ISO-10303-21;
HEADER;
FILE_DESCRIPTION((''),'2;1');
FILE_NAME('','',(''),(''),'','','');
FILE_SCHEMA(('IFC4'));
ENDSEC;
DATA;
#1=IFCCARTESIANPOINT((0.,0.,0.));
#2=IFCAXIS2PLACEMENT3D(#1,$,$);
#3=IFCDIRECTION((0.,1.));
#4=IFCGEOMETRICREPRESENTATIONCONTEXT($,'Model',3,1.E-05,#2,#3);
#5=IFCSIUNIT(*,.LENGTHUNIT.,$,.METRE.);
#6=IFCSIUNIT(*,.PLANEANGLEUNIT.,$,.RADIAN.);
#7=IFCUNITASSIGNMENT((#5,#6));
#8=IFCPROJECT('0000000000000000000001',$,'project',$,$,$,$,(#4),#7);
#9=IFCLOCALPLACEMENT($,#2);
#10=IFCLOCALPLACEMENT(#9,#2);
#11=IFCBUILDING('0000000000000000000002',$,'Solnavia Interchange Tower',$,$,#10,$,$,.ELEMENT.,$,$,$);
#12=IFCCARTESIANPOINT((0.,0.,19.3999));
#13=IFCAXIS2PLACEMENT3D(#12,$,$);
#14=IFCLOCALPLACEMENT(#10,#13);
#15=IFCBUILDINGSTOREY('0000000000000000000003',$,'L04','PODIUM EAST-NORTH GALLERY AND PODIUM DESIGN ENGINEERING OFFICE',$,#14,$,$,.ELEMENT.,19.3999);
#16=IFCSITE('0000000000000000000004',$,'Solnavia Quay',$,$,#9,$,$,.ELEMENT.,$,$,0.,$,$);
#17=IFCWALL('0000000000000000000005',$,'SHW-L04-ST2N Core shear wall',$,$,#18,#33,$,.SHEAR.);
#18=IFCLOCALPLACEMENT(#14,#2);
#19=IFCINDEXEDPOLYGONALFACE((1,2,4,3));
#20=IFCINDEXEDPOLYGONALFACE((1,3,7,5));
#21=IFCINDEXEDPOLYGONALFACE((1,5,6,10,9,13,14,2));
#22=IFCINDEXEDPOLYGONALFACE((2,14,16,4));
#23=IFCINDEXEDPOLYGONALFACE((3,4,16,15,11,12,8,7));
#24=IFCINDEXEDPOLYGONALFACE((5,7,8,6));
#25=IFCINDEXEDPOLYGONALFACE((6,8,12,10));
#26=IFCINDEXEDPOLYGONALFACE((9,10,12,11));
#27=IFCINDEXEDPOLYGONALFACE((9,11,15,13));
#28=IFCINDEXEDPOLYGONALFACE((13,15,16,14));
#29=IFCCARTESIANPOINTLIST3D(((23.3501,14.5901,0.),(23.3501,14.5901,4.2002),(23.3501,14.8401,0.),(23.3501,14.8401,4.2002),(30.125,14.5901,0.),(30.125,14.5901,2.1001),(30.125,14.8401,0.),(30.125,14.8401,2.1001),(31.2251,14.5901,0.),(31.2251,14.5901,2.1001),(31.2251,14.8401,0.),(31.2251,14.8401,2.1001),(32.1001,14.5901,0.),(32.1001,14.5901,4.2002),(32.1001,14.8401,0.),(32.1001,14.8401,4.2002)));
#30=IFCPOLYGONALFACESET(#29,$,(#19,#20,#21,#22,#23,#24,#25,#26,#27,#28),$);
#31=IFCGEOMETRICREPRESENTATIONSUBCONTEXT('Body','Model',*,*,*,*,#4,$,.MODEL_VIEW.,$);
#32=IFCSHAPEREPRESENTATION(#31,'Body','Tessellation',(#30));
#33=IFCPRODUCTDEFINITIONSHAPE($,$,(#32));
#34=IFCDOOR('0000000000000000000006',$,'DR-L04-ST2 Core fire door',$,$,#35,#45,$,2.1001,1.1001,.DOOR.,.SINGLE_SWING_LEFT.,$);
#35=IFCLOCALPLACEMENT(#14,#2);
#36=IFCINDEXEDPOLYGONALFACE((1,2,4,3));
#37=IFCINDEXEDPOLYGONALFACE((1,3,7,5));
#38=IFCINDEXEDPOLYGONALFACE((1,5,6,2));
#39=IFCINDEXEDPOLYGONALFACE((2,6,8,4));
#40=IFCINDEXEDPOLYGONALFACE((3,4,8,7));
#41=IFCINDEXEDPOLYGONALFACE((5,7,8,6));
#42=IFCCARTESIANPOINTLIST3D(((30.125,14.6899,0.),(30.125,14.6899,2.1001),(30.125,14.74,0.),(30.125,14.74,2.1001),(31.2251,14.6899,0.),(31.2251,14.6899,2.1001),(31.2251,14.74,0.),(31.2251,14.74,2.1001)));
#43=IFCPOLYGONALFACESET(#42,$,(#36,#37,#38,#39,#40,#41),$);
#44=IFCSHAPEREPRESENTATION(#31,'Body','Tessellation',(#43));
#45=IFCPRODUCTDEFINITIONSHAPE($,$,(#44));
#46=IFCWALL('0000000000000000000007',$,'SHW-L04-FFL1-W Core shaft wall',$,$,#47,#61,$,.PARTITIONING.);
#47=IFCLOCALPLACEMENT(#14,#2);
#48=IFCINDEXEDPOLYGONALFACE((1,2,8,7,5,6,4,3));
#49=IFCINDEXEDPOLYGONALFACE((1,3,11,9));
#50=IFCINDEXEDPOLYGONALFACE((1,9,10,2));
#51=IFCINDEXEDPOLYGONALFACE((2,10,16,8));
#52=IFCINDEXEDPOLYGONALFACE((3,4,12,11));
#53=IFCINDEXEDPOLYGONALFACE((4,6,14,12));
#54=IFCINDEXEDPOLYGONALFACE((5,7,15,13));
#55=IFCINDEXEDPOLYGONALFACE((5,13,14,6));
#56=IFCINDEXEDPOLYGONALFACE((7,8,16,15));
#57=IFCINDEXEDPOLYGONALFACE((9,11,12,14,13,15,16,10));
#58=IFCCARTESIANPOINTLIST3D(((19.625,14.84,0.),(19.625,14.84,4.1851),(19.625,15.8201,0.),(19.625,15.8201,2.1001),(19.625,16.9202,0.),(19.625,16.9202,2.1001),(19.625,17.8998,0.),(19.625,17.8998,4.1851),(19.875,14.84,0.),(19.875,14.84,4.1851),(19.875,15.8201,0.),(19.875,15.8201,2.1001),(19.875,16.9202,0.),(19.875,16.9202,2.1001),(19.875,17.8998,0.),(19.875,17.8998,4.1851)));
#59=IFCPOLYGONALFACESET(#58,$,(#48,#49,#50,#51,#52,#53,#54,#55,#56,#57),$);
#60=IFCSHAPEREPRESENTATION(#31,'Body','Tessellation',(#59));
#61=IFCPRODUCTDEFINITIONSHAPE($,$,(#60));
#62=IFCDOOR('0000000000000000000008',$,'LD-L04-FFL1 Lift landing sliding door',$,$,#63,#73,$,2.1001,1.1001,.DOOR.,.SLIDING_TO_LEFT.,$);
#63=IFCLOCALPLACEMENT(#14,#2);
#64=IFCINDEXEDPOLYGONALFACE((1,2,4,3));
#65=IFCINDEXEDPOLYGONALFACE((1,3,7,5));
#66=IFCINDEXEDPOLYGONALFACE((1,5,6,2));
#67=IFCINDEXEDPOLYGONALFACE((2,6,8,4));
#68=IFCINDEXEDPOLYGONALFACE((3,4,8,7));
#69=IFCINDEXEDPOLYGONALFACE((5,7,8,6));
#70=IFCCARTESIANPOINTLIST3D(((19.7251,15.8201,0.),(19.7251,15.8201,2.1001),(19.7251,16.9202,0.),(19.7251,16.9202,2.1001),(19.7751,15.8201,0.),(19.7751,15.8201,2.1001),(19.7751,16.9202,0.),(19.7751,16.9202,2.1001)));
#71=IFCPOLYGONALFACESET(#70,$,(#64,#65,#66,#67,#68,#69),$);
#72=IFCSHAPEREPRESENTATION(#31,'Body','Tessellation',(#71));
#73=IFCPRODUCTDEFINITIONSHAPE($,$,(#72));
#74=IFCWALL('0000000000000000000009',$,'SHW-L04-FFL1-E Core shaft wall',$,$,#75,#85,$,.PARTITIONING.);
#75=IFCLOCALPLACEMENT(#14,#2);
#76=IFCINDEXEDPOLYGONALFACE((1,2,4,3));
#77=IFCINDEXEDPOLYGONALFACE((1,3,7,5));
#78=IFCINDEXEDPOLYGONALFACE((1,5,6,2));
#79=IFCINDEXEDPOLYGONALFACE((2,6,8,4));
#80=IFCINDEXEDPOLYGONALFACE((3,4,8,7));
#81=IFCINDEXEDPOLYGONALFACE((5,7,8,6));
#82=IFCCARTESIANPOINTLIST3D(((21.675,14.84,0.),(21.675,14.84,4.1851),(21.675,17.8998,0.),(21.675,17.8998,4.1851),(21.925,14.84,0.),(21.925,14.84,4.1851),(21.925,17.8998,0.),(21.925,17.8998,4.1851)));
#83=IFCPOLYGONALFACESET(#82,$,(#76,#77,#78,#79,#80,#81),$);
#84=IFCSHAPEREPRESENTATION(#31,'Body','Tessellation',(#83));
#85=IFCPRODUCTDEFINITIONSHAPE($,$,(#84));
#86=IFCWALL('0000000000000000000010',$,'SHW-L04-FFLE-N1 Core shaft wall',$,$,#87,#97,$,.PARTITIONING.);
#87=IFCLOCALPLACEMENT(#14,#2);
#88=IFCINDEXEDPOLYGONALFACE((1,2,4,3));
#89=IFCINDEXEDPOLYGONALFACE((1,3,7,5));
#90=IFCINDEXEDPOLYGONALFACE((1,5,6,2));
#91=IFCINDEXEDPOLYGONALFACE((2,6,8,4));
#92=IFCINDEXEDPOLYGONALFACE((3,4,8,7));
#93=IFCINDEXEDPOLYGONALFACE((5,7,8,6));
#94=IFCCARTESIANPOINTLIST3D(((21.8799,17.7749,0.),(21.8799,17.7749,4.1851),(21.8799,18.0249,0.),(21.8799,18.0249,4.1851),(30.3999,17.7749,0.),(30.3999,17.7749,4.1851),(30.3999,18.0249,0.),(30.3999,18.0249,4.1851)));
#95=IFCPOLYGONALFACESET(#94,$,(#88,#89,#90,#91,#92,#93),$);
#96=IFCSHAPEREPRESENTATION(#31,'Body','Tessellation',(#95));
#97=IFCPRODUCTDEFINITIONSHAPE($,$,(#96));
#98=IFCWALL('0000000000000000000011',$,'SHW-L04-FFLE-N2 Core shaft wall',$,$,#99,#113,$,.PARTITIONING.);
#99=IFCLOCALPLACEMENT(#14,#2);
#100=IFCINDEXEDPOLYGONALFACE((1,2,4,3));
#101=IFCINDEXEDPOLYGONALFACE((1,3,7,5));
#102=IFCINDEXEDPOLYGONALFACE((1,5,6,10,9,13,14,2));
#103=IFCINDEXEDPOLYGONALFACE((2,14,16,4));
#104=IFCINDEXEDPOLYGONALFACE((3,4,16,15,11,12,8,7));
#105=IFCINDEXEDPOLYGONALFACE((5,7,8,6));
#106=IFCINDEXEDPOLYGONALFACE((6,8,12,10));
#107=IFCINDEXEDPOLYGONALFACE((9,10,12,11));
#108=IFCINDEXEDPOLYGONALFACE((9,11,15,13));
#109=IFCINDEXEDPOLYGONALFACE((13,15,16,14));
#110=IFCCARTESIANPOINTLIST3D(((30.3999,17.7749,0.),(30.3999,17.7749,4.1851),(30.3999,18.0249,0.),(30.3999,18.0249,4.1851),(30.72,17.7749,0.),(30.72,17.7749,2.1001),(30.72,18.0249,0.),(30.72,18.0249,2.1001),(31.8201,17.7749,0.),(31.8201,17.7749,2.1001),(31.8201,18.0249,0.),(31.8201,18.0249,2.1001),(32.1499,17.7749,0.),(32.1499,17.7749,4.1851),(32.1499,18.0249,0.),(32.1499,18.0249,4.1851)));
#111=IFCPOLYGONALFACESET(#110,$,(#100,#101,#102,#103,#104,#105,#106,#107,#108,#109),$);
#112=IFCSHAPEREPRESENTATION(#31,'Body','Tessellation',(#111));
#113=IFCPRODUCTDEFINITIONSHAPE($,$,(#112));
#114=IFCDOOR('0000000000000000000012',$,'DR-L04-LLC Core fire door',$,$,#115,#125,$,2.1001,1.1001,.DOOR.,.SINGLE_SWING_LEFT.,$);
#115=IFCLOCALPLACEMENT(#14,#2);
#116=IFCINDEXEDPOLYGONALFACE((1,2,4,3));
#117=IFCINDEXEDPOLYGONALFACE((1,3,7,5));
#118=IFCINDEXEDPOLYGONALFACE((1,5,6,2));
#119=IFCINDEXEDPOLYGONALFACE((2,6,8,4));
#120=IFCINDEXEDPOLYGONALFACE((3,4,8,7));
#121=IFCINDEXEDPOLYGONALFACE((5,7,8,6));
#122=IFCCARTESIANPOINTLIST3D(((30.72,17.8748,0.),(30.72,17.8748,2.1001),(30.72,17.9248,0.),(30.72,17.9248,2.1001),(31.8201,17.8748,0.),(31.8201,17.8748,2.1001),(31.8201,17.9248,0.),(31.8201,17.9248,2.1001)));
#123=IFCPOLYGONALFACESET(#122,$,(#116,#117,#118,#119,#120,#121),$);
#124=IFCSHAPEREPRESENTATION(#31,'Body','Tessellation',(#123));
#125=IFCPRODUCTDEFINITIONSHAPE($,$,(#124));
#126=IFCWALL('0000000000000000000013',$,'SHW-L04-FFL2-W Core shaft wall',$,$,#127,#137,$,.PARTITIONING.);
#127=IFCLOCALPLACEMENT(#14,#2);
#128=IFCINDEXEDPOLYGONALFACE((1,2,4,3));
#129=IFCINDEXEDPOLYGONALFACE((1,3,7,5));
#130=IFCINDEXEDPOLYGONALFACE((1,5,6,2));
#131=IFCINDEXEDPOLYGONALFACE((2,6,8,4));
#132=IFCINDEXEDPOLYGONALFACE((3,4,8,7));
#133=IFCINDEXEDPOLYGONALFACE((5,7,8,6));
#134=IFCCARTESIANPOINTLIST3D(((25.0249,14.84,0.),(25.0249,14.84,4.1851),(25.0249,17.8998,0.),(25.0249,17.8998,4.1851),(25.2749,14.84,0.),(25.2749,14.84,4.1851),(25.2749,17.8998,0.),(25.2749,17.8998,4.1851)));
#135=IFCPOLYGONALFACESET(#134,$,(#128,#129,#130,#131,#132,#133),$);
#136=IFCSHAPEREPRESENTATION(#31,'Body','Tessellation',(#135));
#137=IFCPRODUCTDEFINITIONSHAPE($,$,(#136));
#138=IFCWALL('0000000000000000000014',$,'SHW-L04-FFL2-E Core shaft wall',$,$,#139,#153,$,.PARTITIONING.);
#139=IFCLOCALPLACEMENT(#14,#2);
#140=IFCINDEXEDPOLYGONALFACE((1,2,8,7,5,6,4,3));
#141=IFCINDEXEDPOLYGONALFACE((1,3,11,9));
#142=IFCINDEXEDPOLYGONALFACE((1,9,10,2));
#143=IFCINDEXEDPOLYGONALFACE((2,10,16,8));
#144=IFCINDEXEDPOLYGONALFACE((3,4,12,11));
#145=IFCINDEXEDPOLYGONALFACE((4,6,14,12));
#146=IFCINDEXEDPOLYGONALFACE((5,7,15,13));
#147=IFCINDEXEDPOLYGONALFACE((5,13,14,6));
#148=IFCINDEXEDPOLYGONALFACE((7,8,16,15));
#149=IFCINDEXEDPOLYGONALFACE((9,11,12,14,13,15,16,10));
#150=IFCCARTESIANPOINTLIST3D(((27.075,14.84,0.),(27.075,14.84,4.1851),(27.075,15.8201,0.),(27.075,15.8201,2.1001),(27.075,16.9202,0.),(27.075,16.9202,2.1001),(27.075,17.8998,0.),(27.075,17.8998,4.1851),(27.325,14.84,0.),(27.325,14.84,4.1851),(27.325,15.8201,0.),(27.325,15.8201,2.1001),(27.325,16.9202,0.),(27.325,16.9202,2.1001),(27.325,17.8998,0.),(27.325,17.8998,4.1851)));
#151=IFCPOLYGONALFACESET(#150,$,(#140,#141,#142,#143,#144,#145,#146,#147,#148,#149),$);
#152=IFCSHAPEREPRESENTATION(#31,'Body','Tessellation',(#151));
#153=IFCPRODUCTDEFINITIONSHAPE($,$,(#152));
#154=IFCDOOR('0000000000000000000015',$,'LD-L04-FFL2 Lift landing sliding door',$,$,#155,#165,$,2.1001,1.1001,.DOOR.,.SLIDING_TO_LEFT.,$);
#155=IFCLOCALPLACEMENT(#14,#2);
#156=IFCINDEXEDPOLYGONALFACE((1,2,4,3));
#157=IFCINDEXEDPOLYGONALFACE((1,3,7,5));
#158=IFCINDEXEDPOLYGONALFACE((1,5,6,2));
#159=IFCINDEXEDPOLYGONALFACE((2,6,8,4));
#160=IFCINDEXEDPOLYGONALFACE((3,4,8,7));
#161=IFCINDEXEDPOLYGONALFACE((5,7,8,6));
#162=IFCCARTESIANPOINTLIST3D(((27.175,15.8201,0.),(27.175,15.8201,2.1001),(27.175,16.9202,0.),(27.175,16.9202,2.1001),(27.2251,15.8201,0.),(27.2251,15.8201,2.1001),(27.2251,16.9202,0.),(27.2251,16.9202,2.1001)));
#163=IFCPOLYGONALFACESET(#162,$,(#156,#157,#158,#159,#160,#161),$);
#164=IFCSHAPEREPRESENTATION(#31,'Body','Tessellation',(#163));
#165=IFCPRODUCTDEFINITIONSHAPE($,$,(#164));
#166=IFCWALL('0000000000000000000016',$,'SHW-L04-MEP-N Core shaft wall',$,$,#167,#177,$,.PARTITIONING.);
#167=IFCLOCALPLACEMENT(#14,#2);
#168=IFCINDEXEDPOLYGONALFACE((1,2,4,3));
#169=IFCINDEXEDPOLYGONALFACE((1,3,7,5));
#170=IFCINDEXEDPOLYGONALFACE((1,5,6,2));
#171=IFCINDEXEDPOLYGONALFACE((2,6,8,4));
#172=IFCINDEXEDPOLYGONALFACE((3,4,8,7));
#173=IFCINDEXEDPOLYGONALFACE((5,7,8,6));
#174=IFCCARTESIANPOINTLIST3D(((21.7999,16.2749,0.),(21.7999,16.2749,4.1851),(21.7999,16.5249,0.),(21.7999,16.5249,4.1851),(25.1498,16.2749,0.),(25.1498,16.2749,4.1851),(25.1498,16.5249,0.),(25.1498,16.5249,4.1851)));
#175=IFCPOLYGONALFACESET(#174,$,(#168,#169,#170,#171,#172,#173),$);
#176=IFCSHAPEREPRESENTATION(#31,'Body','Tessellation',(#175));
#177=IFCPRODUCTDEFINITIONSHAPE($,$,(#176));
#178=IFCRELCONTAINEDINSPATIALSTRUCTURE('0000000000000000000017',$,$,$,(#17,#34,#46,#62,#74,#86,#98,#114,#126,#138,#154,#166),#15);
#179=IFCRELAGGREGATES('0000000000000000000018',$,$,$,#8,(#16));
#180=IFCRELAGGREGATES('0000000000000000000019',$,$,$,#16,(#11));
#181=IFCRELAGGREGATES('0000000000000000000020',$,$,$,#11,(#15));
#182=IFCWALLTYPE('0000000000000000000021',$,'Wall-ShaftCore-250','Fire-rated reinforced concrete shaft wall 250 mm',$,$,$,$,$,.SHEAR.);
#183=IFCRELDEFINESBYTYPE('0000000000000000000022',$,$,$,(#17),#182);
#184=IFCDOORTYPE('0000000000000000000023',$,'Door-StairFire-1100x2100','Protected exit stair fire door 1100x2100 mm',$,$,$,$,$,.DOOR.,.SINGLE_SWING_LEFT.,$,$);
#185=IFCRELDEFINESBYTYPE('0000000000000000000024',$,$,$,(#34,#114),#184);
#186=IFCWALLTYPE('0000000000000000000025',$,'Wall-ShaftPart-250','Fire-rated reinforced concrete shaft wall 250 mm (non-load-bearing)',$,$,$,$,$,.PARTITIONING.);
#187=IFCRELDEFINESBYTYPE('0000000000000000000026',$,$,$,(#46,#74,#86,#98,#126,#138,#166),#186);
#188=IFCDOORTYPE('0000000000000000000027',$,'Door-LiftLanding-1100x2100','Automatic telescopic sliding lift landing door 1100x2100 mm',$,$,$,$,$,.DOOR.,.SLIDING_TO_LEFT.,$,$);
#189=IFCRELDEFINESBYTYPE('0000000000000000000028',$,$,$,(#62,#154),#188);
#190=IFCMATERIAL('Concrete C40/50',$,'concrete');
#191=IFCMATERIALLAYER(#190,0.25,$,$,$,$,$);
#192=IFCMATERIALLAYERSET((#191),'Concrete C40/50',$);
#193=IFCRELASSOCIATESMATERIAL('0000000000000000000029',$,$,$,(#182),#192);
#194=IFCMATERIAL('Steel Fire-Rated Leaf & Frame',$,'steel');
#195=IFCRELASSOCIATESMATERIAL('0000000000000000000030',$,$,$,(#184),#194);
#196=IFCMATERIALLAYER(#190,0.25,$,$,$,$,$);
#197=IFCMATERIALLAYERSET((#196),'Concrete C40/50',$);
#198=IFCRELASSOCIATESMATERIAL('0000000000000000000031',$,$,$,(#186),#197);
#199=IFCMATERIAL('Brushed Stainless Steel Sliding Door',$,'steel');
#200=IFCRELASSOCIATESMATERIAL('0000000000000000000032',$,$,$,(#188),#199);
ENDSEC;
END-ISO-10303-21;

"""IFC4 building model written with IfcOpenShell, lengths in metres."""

from ifc_helpers import new_model, si_unit, direction, frame, frame_2d, origin, place, context, subcontext, project, spatial, rectangle, extrude, material, layer, layer_set, type_object, element, fill, save


model = new_model("IFC4")

# Units and contexts
model_context = context("Model", 3, precision=1e-05, world=origin(), true_north=direction((0.0, 1.0)))
body_context = subcontext(model_context, "Body", "Model", "MODEL_VIEW")
ifc_project = project(units=[si_unit("LENGTHUNIT", "METRE"), si_unit("PLANEANGLEUNIT", "RADIAN")], contexts=[model_context])

# Site, building, storey
site_placement = place(None, origin())
site = spatial("IfcSite", under=ifc_project, at=site_placement, Name="Solnavia Quay", CompositionType="ELEMENT", RefElevation=0.0)
building_placement = place(site_placement, origin())
building = spatial("IfcBuilding", under=site, at=building_placement, Name="Solnavia Interchange Tower", CompositionType="ELEMENT")
storey_placement = place(building_placement, frame((0.0, 0.0, 19.3999)))
storey = spatial("IfcBuildingStorey", under=building, at=storey_placement, Name="L04", Description="PODIUM EAST-NORTH GALLERY AND PODIUM DESIGN ENGINEERING OFFICE", CompositionType="ELEMENT", Elevation=19.3999)

# Walls, openings, doors
ifc_material_1 = material(Name="Concrete C40/50", Category="concrete")
ifc_layer_1 = layer(ifc_material_1, 0.25)
ifc_layer_set_1 = layer_set([ifc_layer_1], Name="Concrete C40/50")
wall_type_1 = type_object("IfcWallType", Name="Wall-ShaftCore-250", Description="Fire-rated reinforced concrete shaft wall 250 mm", PredefinedType="SHEAR", material=ifc_layer_set_1)
wall_1_placement = place(storey_placement, frame((23.3501, 14.7151, 0.0), z_axis=(0.0, 0.0, 1.0), x_axis=(1.0, 0.0, 0.0)))
wall_1 = element("IfcWall", 1, at=wall_1_placement, inside=storey, type_object=wall_type_1, Name="SHW-L04-ST2N Core shear wall", PredefinedType="SHEAR", context=body_context, shape_type="SweptSolid", body=[
    extrude(rectangle(XDim=8.75, YDim=0.25, at=frame_2d((4.375, 0.0))), origin(), (0.0, 0.0, 1.0), 4.2002),
])
opening_1_placement = place(wall_1_placement, frame((6.7749, 0.0, 0.0)))
opening_1 = element("IfcOpeningElement", 2, at=opening_1_placement, cuts=wall_1, PredefinedType="OPENING", context=body_context, shape_type="SweptSolid", body=[
    extrude(rectangle(XDim=1.1001, YDim=2.1001, at=frame_2d((0.55, 1.05))), frame((0.0, 0.135, 0.0), z_axis=(0.0, -1.0, 0.0), x_axis=(1.0, 0.0, 0.0)), (0.0, 0.0, 1.0), 0.27),
])
ifc_material_2 = material(Name="Steel Fire-Rated Leaf & Frame", Category="steel")
door_type_1 = type_object("IfcDoorType", Name="Door-StairFire-1100x2100", Description="Protected exit stair fire door 1100x2100 mm", OperationType="SINGLE_SWING_LEFT", PredefinedType="DOOR", material=ifc_material_2)
door_1_placement = place(opening_1_placement, origin())
door_1 = element("IfcDoor", 3, at=door_1_placement, inside=storey, type_object=door_type_1, Name="DR-L04-ST2 Core fire door", OperationType="SINGLE_SWING_LEFT", OverallHeight=2.1001, OverallWidth=1.1001, PredefinedType="DOOR", context=body_context, shape_type="SweptSolid", body=[
    extrude(rectangle(XDim=1.1001, YDim=2.1001, at=frame_2d((0.55, 1.05))), frame((0.0, 0.0249, 0.0), z_axis=(0.0, -1.0, 0.0), x_axis=(1.0, 0.0, 0.0)), (0.0, 0.0, 1.0), 0.05),
])
fill(opening_1, door_1)
ifc_layer_2 = layer(ifc_material_1, 0.25)
ifc_layer_set_2 = layer_set([ifc_layer_2], Name="Concrete C40/50")
wall_type_2 = type_object("IfcWallType", Name="Wall-ShaftPart-250", Description="Fire-rated reinforced concrete shaft wall 250 mm (non-load-bearing)", PredefinedType="PARTITIONING", material=ifc_layer_set_2)
wall_2_placement = place(storey_placement, frame((19.75, 14.8401, 0.0), z_axis=(0.0, 0.0, 1.0), x_axis=(0.0, 1.0, 0.0)))
wall_2 = element("IfcWall", 4, at=wall_2_placement, inside=storey, type_object=wall_type_2, Name="SHW-L04-FFL1-W Core shaft wall", PredefinedType="PARTITIONING", context=body_context, shape_type="SweptSolid", body=[
    extrude(rectangle(XDim=3.0598, YDim=0.25, at=frame_2d((1.5298, 0.0))), origin(), (0.0, 0.0, 1.0), 4.1851),
])
opening_2_placement = place(wall_2_placement, frame((0.98, 0.0, 0.0)))
opening_2 = element("IfcOpeningElement", 5, at=opening_2_placement, cuts=wall_2, PredefinedType="OPENING", context=body_context, shape_type="SweptSolid", body=[
    extrude(rectangle(XDim=1.1001, YDim=2.1001, at=frame_2d((0.55, 1.05))), frame((0.0, 0.135, 0.0), z_axis=(0.0, -1.0, 0.0), x_axis=(1.0, 0.0, 0.0)), (0.0, 0.0, 1.0), 0.27),
])
ifc_material_3 = material(Name="Brushed Stainless Steel Sliding Door", Category="steel")
door_type_2 = type_object("IfcDoorType", Name="Door-LiftLanding-1100x2100", Description="Automatic telescopic sliding lift landing door 1100x2100 mm", OperationType="SLIDING_TO_LEFT", PredefinedType="DOOR", material=ifc_material_3)
door_2_placement = place(opening_2_placement, origin())
door_2 = element("IfcDoor", 6, at=door_2_placement, inside=storey, type_object=door_type_2, Name="LD-L04-FFL1 Lift landing sliding door", OperationType="SLIDING_TO_LEFT", OverallHeight=2.1001, OverallWidth=1.1001, PredefinedType="DOOR", context=body_context, shape_type="SweptSolid", body=[
    extrude(rectangle(XDim=1.1001, YDim=2.1001, at=frame_2d((0.55, 1.05))), frame((0.0, 0.0249, 0.0), z_axis=(0.0, -1.0, 0.0), x_axis=(1.0, 0.0, 0.0)), (0.0, 0.0, 1.0), 0.05),
])
fill(opening_2, door_2)

# Walls
wall_3_placement = place(storey_placement, frame((21.8, 14.8401, 0.0), z_axis=(0.0, 0.0, 1.0), x_axis=(0.0, 1.0, 0.0)))
element("IfcWall", 7, at=wall_3_placement, inside=storey, type_object=wall_type_2, Name="SHW-L04-FFL1-E Core shaft wall", PredefinedType="PARTITIONING", context=body_context, shape_type="SweptSolid", body=[
    extrude(rectangle(XDim=3.0598, YDim=0.25, at=frame_2d((1.5298, 0.0))), origin(), (0.0, 0.0, 1.0), 4.1851),
])
wall_4_placement = place(storey_placement, frame((21.8799, 17.8999, 0.0), z_axis=(0.0, 0.0, 1.0), x_axis=(1.0, 0.0, 0.0)))
element("IfcWall", 8, at=wall_4_placement, inside=storey, type_object=wall_type_2, Name="SHW-L04-FFLE-N1 Core shaft wall", PredefinedType="PARTITIONING", context=body_context, shape_type="SweptSolid", body=[
    extrude(rectangle(XDim=8.52, YDim=0.25, at=frame_2d((4.26, 0.0))), origin(), (0.0, 0.0, 1.0), 4.1851),
])

# Wall, opening, door
wall_5_placement = place(storey_placement, frame((30.3999, 17.8999, 0.0), z_axis=(0.0, 0.0, 1.0), x_axis=(1.0, 0.0, 0.0)))
wall_5 = element("IfcWall", 9, at=wall_5_placement, inside=storey, type_object=wall_type_2, Name="SHW-L04-FFLE-N2 Core shaft wall", PredefinedType="PARTITIONING", context=body_context, shape_type="SweptSolid", body=[
    extrude(rectangle(XDim=1.75, YDim=0.25, at=frame_2d((0.875, 0.0))), origin(), (0.0, 0.0, 1.0), 4.1851),
])
opening_3_placement = place(wall_5_placement, frame((0.3201, 0.0, 0.0)))
opening_3 = element("IfcOpeningElement", 10, at=opening_3_placement, cuts=wall_5, PredefinedType="OPENING", context=body_context, shape_type="SweptSolid", body=[
    extrude(rectangle(XDim=1.1001, YDim=2.1001, at=frame_2d((0.55, 1.05))), frame((0.0, 0.135, 0.0), z_axis=(0.0, -1.0, 0.0), x_axis=(1.0, 0.0, 0.0)), (0.0, 0.0, 1.0), 0.27),
])
door_3_placement = place(opening_3_placement, origin())
door_3 = element("IfcDoor", 11, at=door_3_placement, inside=storey, type_object=door_type_1, Name="DR-L04-LLC Core fire door", OperationType="SINGLE_SWING_LEFT", OverallHeight=2.1001, OverallWidth=1.1001, PredefinedType="DOOR", context=body_context, shape_type="SweptSolid", body=[
    extrude(rectangle(XDim=1.1001, YDim=2.1001, at=frame_2d((0.55, 1.05))), frame((0.0, 0.0249, 0.0), z_axis=(0.0, -1.0, 0.0), x_axis=(1.0, 0.0, 0.0)), (0.0, 0.0, 1.0), 0.05),
])
fill(opening_3, door_3)

# Wall
wall_6_placement = place(storey_placement, frame((25.1499, 14.8401, 0.0), z_axis=(0.0, 0.0, 1.0), x_axis=(0.0, 1.0, 0.0)))
element("IfcWall", 12, at=wall_6_placement, inside=storey, type_object=wall_type_2, Name="SHW-L04-FFL2-W Core shaft wall", PredefinedType="PARTITIONING", context=body_context, shape_type="SweptSolid", body=[
    extrude(rectangle(XDim=3.0598, YDim=0.25, at=frame_2d((1.5298, 0.0))), origin(), (0.0, 0.0, 1.0), 4.1851),
])

# Wall, opening, door
wall_7_placement = place(storey_placement, frame((27.2, 14.8401, 0.0), z_axis=(0.0, 0.0, 1.0), x_axis=(0.0, 1.0, 0.0)))
wall_7 = element("IfcWall", 13, at=wall_7_placement, inside=storey, type_object=wall_type_2, Name="SHW-L04-FFL2-E Core shaft wall", PredefinedType="PARTITIONING", context=body_context, shape_type="SweptSolid", body=[
    extrude(rectangle(XDim=3.0598, YDim=0.25, at=frame_2d((1.5298, 0.0))), origin(), (0.0, 0.0, 1.0), 4.1851),
])
opening_4_placement = place(wall_7_placement, frame((0.98, 0.0, 0.0)))
opening_4 = element("IfcOpeningElement", 14, at=opening_4_placement, cuts=wall_7, PredefinedType="OPENING", context=body_context, shape_type="SweptSolid", body=[
    extrude(rectangle(XDim=1.1001, YDim=2.1001, at=frame_2d((0.55, 1.05))), frame((0.0, 0.135, 0.0), z_axis=(0.0, -1.0, 0.0), x_axis=(1.0, 0.0, 0.0)), (0.0, 0.0, 1.0), 0.27),
])
door_4_placement = place(opening_4_placement, origin())
door_4 = element("IfcDoor", 15, at=door_4_placement, inside=storey, type_object=door_type_2, Name="LD-L04-FFL2 Lift landing sliding door", OperationType="SLIDING_TO_LEFT", OverallHeight=2.1001, OverallWidth=1.1001, PredefinedType="DOOR", context=body_context, shape_type="SweptSolid", body=[
    extrude(rectangle(XDim=1.1001, YDim=2.1001, at=frame_2d((0.55, 1.05))), frame((0.0, 0.0249, 0.0), z_axis=(0.0, -1.0, 0.0), x_axis=(1.0, 0.0, 0.0)), (0.0, 0.0, 1.0), 0.05),
])
fill(opening_4, door_4)

# Wall
wall_8_placement = place(storey_placement, frame((21.8, 16.3999, 0.0), z_axis=(0.0, 0.0, 1.0), x_axis=(1.0, 0.0, 0.0)))
element("IfcWall", 16, at=wall_8_placement, inside=storey, type_object=wall_type_2, Name="SHW-L04-MEP-N Core shaft wall", PredefinedType="PARTITIONING", context=body_context, shape_type="SweptSolid", body=[
    extrude(rectangle(XDim=3.3499, YDim=0.25, at=frame_2d((1.6748, 0.0))), origin(), (0.0, 0.0, 1.0), 4.1851),
])

save(model, "model.ifc")
